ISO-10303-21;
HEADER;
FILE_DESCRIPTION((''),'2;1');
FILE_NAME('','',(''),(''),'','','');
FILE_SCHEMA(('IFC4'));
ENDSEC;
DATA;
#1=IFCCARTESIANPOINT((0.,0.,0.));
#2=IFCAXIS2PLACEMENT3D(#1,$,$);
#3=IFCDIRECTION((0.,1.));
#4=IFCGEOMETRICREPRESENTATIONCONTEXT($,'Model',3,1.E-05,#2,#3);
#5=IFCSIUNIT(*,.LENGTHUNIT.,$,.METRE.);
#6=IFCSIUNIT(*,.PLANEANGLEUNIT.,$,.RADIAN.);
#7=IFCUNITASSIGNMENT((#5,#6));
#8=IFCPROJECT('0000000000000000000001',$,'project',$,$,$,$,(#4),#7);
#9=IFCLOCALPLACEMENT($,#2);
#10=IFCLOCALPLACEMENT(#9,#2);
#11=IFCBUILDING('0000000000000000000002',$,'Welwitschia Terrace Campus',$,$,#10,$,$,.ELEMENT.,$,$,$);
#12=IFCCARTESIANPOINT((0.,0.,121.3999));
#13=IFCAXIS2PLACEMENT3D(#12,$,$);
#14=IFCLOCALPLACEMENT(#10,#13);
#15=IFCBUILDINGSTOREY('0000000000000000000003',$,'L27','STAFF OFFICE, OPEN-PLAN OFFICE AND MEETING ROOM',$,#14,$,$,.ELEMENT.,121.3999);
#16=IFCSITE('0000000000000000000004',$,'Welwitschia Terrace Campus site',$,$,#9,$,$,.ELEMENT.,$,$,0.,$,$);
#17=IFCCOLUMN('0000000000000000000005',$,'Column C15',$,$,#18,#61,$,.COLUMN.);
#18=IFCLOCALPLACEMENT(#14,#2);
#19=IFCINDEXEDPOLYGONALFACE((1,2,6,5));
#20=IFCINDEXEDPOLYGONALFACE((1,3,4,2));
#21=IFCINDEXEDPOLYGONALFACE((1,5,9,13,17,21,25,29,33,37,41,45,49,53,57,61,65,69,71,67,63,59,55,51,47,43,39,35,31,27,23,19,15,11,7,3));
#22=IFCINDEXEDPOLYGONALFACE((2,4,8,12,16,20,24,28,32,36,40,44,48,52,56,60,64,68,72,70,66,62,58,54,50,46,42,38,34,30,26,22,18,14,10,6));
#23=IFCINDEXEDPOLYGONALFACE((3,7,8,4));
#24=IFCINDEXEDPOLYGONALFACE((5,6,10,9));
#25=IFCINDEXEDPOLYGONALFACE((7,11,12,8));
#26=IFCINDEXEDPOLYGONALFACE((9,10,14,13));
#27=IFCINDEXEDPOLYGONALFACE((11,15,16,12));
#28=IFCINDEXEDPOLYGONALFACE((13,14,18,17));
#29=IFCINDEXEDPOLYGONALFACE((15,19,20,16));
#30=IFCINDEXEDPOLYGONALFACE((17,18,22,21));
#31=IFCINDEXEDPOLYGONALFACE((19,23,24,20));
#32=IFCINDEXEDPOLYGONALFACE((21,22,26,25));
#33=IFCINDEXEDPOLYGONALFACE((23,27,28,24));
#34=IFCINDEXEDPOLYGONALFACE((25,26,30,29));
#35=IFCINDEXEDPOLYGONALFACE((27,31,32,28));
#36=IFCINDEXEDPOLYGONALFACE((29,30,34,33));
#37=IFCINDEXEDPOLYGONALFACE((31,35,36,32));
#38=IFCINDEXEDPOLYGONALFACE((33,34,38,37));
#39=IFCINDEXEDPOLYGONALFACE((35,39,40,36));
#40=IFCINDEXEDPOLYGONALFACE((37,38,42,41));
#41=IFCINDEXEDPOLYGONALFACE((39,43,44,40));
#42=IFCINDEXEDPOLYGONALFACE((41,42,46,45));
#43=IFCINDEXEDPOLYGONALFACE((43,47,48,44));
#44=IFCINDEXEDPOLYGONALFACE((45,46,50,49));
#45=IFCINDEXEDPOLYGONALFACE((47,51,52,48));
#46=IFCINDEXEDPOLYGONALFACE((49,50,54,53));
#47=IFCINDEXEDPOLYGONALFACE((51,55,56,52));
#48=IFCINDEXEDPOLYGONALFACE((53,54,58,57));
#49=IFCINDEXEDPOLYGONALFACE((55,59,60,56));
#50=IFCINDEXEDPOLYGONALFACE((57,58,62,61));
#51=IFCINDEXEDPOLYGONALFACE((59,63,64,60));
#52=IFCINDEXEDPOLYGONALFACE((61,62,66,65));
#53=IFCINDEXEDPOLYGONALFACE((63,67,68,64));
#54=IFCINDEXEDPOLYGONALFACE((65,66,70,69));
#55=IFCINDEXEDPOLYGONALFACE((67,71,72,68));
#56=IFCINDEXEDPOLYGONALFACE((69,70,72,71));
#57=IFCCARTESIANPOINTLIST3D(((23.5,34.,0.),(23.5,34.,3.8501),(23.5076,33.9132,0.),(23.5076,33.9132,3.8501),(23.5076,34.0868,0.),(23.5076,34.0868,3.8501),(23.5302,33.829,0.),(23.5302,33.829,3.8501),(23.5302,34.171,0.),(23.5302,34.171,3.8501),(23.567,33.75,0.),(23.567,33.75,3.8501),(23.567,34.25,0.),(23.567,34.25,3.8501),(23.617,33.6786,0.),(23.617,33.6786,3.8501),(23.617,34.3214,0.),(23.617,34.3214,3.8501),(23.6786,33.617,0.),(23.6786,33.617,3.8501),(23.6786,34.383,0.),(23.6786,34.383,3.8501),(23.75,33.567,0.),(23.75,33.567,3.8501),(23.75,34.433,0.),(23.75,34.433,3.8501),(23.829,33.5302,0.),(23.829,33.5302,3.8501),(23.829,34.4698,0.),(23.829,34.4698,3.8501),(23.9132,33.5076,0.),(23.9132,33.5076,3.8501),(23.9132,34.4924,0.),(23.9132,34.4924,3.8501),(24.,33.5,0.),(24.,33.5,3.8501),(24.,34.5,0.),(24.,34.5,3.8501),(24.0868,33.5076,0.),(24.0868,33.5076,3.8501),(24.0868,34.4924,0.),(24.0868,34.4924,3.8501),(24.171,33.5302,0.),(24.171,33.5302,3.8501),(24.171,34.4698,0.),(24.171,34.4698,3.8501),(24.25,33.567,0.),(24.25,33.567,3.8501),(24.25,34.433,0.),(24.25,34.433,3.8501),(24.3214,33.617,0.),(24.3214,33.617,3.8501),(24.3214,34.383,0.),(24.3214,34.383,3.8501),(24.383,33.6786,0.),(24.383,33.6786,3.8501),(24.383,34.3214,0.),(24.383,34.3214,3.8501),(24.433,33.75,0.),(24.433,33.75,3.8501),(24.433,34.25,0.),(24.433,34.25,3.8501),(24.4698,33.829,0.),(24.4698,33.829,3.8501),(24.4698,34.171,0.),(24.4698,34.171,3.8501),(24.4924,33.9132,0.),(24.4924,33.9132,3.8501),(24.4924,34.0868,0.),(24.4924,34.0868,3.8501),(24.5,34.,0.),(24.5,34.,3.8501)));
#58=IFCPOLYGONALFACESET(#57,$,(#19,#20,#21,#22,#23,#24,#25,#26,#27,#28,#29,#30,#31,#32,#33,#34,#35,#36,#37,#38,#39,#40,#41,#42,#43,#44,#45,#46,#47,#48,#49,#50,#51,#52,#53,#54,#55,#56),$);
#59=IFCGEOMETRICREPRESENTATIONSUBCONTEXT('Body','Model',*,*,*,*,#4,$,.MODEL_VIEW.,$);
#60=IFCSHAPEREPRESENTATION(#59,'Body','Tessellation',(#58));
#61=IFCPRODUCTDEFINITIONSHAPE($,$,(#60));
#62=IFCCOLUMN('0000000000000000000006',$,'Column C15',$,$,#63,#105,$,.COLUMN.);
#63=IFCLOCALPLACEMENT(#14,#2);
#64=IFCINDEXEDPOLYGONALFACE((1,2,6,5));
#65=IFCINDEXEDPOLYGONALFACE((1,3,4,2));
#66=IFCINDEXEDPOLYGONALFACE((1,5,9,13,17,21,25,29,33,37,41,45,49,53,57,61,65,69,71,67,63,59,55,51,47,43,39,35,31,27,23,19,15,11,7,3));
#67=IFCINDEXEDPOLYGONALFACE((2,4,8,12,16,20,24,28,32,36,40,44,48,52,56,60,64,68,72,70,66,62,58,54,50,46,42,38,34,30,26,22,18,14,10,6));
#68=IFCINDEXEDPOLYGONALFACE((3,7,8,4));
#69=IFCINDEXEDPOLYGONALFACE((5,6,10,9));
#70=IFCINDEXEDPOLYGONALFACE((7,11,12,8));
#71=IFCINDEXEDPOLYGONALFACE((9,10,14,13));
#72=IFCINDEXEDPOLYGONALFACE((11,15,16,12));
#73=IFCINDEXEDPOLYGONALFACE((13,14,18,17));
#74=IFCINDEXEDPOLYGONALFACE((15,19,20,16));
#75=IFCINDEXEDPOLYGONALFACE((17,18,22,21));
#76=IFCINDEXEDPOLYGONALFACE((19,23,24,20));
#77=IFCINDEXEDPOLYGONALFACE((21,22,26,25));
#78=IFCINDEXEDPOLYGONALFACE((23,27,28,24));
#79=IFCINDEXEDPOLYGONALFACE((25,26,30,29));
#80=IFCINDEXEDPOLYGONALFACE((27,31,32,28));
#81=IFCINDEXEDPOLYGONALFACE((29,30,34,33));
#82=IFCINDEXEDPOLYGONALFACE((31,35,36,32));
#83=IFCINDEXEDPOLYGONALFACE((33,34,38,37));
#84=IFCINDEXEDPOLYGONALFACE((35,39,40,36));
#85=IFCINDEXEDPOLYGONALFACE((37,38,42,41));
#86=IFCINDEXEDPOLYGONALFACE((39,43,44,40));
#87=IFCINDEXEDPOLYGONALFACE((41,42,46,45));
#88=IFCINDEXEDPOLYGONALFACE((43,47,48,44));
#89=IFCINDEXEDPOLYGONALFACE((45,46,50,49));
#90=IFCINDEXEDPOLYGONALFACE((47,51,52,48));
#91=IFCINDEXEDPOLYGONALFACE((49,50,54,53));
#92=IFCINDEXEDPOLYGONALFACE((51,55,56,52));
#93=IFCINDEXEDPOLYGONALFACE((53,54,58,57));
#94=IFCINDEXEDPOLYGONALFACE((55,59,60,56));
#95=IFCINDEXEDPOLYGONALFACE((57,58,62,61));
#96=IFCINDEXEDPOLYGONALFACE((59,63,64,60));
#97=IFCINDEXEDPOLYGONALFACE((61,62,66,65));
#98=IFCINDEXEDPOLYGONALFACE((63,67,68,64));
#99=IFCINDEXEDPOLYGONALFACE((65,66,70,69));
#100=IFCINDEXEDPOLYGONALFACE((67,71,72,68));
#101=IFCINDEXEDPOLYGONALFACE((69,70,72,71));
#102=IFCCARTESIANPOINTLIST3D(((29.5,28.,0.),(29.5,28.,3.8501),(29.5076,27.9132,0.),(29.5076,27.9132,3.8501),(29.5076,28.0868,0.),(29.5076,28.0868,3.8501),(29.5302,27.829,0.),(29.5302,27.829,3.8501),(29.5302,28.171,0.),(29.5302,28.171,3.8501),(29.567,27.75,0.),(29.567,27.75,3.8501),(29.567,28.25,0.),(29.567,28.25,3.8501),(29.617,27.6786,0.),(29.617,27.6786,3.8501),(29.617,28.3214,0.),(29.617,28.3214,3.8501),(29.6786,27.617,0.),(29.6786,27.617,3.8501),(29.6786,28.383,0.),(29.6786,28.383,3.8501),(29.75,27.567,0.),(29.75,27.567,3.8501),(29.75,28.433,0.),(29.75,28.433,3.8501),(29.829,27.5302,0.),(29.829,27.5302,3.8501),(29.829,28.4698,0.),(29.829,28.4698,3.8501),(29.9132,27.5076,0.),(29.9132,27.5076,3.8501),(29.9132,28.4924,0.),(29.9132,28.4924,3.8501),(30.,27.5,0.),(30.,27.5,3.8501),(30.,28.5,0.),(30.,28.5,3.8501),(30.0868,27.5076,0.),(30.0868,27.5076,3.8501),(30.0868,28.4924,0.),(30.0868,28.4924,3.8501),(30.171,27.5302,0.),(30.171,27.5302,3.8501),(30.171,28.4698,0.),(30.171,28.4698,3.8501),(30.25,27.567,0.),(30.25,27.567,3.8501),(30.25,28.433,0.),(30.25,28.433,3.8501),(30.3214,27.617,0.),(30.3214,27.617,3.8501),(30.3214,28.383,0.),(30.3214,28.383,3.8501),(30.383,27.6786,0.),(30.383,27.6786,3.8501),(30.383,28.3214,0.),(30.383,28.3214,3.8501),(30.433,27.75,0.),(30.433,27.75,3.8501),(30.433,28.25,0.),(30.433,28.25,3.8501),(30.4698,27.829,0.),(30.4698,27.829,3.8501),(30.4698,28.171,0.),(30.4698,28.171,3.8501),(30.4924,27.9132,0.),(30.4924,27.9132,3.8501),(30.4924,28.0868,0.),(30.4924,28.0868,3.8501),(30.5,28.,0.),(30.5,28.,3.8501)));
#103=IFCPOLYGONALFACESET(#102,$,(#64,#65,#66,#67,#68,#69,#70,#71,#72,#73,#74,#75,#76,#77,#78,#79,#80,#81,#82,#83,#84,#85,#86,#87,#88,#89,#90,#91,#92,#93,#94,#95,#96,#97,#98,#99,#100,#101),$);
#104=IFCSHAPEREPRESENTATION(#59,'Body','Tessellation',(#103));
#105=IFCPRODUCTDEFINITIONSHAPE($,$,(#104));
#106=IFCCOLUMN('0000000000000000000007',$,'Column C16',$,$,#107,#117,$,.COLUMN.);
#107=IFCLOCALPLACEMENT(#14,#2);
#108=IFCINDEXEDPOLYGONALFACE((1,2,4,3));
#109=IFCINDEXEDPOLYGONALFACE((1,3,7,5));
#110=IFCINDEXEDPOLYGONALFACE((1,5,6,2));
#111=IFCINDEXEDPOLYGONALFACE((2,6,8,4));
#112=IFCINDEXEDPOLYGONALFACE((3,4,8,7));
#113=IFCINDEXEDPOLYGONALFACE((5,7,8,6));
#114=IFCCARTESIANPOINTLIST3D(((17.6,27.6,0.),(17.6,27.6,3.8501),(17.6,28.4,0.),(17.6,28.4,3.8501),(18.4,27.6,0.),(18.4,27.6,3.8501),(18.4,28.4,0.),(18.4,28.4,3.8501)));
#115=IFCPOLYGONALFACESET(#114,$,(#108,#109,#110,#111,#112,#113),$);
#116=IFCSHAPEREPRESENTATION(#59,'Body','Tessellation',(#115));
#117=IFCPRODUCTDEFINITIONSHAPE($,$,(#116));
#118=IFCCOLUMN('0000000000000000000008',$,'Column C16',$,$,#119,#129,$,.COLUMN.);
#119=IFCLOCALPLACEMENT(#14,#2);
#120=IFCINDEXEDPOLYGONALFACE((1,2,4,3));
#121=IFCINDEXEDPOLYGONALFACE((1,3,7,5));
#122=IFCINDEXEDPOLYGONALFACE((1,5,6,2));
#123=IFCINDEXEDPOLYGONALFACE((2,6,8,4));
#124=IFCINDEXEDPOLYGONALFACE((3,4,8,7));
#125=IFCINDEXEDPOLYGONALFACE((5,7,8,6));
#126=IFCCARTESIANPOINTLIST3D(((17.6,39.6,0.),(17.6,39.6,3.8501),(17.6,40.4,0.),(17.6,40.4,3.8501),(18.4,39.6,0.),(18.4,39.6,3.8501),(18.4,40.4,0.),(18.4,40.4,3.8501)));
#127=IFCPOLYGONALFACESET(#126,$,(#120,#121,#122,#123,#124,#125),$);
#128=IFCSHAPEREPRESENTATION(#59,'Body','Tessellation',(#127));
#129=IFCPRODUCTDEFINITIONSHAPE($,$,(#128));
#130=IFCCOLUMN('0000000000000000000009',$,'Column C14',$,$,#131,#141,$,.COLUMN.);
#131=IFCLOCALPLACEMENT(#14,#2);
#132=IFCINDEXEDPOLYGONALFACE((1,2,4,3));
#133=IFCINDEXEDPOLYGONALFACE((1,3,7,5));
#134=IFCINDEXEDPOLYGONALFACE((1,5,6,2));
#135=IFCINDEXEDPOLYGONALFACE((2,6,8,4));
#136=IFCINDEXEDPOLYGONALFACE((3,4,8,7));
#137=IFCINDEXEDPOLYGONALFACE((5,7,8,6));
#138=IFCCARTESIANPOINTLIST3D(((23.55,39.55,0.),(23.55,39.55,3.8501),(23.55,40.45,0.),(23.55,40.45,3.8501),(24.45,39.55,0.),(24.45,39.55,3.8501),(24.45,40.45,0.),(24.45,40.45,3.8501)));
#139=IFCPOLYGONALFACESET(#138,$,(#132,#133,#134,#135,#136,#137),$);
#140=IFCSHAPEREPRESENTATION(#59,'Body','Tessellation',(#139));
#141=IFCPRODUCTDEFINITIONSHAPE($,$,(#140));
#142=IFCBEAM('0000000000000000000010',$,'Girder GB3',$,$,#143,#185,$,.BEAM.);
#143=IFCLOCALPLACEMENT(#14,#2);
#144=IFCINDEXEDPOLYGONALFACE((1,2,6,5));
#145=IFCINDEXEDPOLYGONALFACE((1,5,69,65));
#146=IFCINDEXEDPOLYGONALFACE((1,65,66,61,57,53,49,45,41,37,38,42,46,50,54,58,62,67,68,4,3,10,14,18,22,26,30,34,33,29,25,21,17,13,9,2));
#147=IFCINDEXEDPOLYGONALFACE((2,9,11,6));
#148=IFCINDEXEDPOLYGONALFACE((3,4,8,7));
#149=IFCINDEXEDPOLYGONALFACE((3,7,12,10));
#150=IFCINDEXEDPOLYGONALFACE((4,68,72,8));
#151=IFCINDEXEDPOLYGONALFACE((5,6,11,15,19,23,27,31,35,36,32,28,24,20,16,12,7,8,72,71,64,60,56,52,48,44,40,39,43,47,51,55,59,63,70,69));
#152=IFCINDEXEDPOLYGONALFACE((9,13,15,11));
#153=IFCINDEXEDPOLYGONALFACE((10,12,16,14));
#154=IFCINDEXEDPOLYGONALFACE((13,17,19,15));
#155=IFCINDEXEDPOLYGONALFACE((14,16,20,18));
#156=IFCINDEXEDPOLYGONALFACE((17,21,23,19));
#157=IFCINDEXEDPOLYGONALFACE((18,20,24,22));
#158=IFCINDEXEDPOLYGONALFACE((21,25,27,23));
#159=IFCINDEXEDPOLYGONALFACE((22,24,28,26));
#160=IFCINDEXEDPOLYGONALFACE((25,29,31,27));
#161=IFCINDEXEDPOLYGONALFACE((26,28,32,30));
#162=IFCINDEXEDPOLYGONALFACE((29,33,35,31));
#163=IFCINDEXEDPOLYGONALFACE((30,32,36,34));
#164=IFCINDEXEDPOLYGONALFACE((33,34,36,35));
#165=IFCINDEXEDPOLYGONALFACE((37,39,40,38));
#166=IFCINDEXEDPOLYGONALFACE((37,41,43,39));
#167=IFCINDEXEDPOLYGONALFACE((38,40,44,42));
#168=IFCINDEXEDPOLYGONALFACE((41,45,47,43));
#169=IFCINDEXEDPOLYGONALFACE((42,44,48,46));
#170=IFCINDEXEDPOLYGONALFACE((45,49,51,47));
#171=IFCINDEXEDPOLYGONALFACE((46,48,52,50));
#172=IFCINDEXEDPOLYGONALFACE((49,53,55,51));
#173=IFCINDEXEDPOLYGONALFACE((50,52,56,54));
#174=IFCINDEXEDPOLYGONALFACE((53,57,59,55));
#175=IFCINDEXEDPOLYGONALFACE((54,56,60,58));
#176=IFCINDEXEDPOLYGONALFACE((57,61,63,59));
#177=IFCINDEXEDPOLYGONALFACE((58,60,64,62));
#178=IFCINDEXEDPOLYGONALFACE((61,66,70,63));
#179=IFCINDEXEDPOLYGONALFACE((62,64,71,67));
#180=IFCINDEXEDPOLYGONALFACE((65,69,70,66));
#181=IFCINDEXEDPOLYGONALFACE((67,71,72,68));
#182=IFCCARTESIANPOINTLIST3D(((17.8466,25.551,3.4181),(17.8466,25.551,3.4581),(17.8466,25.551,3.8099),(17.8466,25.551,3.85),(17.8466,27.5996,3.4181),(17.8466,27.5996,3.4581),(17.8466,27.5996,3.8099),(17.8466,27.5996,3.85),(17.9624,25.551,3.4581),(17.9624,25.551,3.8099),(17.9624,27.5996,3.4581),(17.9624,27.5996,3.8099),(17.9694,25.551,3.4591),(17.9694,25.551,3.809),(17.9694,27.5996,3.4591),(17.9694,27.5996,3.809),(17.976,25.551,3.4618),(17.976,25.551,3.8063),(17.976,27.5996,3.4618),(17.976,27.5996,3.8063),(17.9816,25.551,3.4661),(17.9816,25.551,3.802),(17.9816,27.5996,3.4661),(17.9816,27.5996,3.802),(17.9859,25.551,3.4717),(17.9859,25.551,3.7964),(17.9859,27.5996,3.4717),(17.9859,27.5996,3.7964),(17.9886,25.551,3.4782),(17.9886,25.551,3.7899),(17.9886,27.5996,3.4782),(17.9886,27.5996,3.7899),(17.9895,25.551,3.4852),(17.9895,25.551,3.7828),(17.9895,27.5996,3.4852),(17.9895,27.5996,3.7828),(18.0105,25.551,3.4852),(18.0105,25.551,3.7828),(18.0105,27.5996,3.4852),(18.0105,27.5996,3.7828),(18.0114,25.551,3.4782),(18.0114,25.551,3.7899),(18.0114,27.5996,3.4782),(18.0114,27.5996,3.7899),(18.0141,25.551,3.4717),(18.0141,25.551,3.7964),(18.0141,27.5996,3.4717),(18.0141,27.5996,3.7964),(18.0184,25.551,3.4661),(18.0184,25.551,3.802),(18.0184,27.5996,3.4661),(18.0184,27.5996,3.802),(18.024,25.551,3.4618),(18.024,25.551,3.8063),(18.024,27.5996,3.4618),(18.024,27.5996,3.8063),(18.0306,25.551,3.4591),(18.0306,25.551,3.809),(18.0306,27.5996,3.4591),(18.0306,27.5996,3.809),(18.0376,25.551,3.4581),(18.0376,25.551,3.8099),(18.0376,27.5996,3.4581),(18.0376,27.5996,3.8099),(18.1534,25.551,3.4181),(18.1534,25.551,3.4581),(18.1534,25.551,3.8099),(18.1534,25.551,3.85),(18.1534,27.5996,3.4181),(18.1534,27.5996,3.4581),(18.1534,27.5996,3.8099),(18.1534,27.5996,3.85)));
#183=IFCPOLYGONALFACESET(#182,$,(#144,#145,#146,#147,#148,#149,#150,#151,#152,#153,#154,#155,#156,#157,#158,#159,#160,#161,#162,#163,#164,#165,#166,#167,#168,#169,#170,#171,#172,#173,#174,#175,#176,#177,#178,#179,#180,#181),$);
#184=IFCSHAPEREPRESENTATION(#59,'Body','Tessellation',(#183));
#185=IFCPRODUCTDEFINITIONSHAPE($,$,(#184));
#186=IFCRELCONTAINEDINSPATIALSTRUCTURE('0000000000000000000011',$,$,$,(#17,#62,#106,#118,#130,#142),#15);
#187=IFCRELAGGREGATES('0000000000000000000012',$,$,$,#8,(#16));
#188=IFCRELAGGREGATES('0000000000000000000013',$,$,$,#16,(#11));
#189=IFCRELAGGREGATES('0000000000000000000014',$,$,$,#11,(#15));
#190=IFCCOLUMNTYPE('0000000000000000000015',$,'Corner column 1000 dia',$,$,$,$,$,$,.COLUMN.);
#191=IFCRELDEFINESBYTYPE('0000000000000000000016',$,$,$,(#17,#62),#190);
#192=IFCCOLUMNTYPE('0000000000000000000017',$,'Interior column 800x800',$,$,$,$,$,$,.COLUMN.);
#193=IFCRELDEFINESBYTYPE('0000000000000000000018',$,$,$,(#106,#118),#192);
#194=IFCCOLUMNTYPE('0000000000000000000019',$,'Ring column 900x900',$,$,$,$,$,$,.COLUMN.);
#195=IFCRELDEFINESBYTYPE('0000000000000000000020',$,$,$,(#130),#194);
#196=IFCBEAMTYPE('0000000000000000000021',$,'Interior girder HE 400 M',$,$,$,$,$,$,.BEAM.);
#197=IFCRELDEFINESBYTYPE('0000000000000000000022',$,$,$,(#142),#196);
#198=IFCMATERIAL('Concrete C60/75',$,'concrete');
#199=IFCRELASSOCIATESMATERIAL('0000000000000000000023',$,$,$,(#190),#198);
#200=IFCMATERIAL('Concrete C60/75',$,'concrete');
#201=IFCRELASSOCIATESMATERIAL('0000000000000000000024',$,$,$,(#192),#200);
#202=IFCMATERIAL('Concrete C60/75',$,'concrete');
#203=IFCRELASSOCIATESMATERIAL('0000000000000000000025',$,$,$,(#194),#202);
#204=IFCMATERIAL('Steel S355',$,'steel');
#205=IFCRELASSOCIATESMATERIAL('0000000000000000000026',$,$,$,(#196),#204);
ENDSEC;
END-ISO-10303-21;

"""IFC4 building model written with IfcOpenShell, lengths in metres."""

from ifc_helpers import new_model, si_unit, direction, frame, origin, origin_2d, place, context, subcontext, project, spatial, rectangle, circle, i_section, extrude, material, material_profile, profile_set, type_object, element, save


model = new_model("IFC4")

# Units and contexts
model_context = context("Model", 3, precision=1e-05, world=origin(), true_north=direction((0.0, 1.0)))
body_context = subcontext(model_context, "Body", "Model", "MODEL_VIEW")
ifc_project = project(units=[si_unit("LENGTHUNIT", "METRE"), si_unit("PLANEANGLEUNIT", "RADIAN")], contexts=[model_context])

# Site, building, storey
site_placement = place(None, origin())
site = spatial("IfcSite", under=ifc_project, at=site_placement, Name="Welwitschia Terrace Campus site", CompositionType="ELEMENT", RefElevation=0.0)
building_placement = place(site_placement, origin())
building = spatial("IfcBuilding", under=site, at=building_placement, Name="Welwitschia Terrace Campus", CompositionType="ELEMENT")
storey_placement = place(building_placement, frame((0.0, 0.0, 121.3999)))
storey = spatial("IfcBuildingStorey", under=building, at=storey_placement, Name="L27", Description="STAFF OFFICE, OPEN-PLAN OFFICE AND MEETING ROOM", CompositionType="ELEMENT", Elevation=121.3999)

# Columns
ifc_material_1 = material(Name="Concrete C60/75", Category="concrete")
ifc_material_profile_1 = material_profile(ifc_material_1, circle(Radius=0.5, at=origin_2d()))
ifc_profile_set_1 = profile_set([ifc_material_profile_1], Name="Concrete C60/75")
column_type_1 = type_object("IfcColumnType", Name="Corner column 1000 dia", PredefinedType="COLUMN", material=ifc_profile_set_1)
for number, where, z_axis, x_axis, name in (
    (1, (24.0, 34.0, 0.0), (0.0, 0.0, 1.0), (1.0, 0.0, 0.0), "Column C15"),
    (2, (30.0, 28.0, 0.0), (0.0, 0.0, 1.0), (1.0, 0.0, 0.0), "Column C15"),
):
    element("IfcColumn", number, at=place(storey_placement, frame(where, z_axis=z_axis, x_axis=x_axis)), inside=storey, type_object=column_type_1, Name=name, PredefinedType="COLUMN", context=body_context, shape_type="SweptSolid", body=[
        extrude(circle(Radius=0.5, at=origin_2d()), origin(), (0.0, 0.0, 1.0), 3.8501),
    ])
ifc_material_2 = material(Name="Concrete C60/75", Category="concrete")
ifc_material_profile_2 = material_profile(ifc_material_2, rectangle(XDim=0.8, YDim=0.8, at=origin_2d()))
ifc_profile_set_2 = profile_set([ifc_material_profile_2], Name="Concrete C60/75")
column_type_2 = type_object("IfcColumnType", Name="Interior column 800x800", PredefinedType="COLUMN", material=ifc_profile_set_2)
for number, where, z_axis, x_axis, name in (
    (3, (18.0, 28.0, 0.0), (0.0, 0.0, 1.0), (1.0, 0.0, 0.0), "Column C16"),
    (4, (18.0, 40.0, 0.0), (0.0, 0.0, 1.0), (1.0, 0.0, 0.0), "Column C16"),
):
    element("IfcColumn", number, at=place(storey_placement, frame(where, z_axis=z_axis, x_axis=x_axis)), inside=storey, type_object=column_type_2, Name=name, PredefinedType="COLUMN", context=body_context, shape_type="SweptSolid", body=[
        extrude(rectangle(XDim=0.8, YDim=0.8, at=origin_2d()), origin(), (0.0, 0.0, 1.0), 3.8501),
    ])
ifc_material_3 = material(Name="Concrete C60/75", Category="concrete")
ifc_material_profile_3 = material_profile(ifc_material_3, rectangle(XDim=0.8999, YDim=0.8999, at=origin_2d()))
ifc_profile_set_3 = profile_set([ifc_material_profile_3], Name="Concrete C60/75")
column_type_3 = type_object("IfcColumnType", Name="Ring column 900x900", PredefinedType="COLUMN", material=ifc_profile_set_3)
column_placement = place(storey_placement, frame((24.0, 40.0, 0.0), z_axis=(0.0, 0.0, 1.0), x_axis=(1.0, 0.0, 0.0)))
element("IfcColumn", 5, at=column_placement, inside=storey, type_object=column_type_3, Name="Column C14", PredefinedType="COLUMN", context=body_context, shape_type="SweptSolid", body=[
    extrude(rectangle(XDim=0.8999, YDim=0.8999, at=origin_2d()), origin(), (0.0, 0.0, 1.0), 3.8501),
])

# Beam
ifc_material_4 = material(Name="Steel S355", Category="steel")
ifc_material_profile_4 = material_profile(ifc_material_4, i_section(OverallWidth=0.3069, OverallDepth=0.4319, WebThickness=0.021, FlangeThickness=0.04, FilletRadius=0.0271, at=origin_2d()))
ifc_profile_set_4 = profile_set([ifc_material_profile_4], Name="Steel S355")
beam_type_1 = type_object("IfcBeamType", Name="Interior girder HE 400 M", PredefinedType="BEAM", material=ifc_profile_set_4)
beam_1_placement = place(storey_placement, frame((18.0, 25.551, 3.634), z_axis=(0.0, 1.0, 0.0), x_axis=(-1.0, 0.0, 0.0)))
element("IfcBeam", 6, at=beam_1_placement, inside=storey, type_object=beam_type_1, Name="Girder GB3", PredefinedType="BEAM", context=body_context, shape_type="SweptSolid", body=[
    extrude(i_section(OverallWidth=0.3069, OverallDepth=0.4319, WebThickness=0.021, FlangeThickness=0.04, FilletRadius=0.0271, at=origin_2d()), origin(), (0.0, 0.0, 1.0), 2.0486),
])

save(model, "model.ifc")
